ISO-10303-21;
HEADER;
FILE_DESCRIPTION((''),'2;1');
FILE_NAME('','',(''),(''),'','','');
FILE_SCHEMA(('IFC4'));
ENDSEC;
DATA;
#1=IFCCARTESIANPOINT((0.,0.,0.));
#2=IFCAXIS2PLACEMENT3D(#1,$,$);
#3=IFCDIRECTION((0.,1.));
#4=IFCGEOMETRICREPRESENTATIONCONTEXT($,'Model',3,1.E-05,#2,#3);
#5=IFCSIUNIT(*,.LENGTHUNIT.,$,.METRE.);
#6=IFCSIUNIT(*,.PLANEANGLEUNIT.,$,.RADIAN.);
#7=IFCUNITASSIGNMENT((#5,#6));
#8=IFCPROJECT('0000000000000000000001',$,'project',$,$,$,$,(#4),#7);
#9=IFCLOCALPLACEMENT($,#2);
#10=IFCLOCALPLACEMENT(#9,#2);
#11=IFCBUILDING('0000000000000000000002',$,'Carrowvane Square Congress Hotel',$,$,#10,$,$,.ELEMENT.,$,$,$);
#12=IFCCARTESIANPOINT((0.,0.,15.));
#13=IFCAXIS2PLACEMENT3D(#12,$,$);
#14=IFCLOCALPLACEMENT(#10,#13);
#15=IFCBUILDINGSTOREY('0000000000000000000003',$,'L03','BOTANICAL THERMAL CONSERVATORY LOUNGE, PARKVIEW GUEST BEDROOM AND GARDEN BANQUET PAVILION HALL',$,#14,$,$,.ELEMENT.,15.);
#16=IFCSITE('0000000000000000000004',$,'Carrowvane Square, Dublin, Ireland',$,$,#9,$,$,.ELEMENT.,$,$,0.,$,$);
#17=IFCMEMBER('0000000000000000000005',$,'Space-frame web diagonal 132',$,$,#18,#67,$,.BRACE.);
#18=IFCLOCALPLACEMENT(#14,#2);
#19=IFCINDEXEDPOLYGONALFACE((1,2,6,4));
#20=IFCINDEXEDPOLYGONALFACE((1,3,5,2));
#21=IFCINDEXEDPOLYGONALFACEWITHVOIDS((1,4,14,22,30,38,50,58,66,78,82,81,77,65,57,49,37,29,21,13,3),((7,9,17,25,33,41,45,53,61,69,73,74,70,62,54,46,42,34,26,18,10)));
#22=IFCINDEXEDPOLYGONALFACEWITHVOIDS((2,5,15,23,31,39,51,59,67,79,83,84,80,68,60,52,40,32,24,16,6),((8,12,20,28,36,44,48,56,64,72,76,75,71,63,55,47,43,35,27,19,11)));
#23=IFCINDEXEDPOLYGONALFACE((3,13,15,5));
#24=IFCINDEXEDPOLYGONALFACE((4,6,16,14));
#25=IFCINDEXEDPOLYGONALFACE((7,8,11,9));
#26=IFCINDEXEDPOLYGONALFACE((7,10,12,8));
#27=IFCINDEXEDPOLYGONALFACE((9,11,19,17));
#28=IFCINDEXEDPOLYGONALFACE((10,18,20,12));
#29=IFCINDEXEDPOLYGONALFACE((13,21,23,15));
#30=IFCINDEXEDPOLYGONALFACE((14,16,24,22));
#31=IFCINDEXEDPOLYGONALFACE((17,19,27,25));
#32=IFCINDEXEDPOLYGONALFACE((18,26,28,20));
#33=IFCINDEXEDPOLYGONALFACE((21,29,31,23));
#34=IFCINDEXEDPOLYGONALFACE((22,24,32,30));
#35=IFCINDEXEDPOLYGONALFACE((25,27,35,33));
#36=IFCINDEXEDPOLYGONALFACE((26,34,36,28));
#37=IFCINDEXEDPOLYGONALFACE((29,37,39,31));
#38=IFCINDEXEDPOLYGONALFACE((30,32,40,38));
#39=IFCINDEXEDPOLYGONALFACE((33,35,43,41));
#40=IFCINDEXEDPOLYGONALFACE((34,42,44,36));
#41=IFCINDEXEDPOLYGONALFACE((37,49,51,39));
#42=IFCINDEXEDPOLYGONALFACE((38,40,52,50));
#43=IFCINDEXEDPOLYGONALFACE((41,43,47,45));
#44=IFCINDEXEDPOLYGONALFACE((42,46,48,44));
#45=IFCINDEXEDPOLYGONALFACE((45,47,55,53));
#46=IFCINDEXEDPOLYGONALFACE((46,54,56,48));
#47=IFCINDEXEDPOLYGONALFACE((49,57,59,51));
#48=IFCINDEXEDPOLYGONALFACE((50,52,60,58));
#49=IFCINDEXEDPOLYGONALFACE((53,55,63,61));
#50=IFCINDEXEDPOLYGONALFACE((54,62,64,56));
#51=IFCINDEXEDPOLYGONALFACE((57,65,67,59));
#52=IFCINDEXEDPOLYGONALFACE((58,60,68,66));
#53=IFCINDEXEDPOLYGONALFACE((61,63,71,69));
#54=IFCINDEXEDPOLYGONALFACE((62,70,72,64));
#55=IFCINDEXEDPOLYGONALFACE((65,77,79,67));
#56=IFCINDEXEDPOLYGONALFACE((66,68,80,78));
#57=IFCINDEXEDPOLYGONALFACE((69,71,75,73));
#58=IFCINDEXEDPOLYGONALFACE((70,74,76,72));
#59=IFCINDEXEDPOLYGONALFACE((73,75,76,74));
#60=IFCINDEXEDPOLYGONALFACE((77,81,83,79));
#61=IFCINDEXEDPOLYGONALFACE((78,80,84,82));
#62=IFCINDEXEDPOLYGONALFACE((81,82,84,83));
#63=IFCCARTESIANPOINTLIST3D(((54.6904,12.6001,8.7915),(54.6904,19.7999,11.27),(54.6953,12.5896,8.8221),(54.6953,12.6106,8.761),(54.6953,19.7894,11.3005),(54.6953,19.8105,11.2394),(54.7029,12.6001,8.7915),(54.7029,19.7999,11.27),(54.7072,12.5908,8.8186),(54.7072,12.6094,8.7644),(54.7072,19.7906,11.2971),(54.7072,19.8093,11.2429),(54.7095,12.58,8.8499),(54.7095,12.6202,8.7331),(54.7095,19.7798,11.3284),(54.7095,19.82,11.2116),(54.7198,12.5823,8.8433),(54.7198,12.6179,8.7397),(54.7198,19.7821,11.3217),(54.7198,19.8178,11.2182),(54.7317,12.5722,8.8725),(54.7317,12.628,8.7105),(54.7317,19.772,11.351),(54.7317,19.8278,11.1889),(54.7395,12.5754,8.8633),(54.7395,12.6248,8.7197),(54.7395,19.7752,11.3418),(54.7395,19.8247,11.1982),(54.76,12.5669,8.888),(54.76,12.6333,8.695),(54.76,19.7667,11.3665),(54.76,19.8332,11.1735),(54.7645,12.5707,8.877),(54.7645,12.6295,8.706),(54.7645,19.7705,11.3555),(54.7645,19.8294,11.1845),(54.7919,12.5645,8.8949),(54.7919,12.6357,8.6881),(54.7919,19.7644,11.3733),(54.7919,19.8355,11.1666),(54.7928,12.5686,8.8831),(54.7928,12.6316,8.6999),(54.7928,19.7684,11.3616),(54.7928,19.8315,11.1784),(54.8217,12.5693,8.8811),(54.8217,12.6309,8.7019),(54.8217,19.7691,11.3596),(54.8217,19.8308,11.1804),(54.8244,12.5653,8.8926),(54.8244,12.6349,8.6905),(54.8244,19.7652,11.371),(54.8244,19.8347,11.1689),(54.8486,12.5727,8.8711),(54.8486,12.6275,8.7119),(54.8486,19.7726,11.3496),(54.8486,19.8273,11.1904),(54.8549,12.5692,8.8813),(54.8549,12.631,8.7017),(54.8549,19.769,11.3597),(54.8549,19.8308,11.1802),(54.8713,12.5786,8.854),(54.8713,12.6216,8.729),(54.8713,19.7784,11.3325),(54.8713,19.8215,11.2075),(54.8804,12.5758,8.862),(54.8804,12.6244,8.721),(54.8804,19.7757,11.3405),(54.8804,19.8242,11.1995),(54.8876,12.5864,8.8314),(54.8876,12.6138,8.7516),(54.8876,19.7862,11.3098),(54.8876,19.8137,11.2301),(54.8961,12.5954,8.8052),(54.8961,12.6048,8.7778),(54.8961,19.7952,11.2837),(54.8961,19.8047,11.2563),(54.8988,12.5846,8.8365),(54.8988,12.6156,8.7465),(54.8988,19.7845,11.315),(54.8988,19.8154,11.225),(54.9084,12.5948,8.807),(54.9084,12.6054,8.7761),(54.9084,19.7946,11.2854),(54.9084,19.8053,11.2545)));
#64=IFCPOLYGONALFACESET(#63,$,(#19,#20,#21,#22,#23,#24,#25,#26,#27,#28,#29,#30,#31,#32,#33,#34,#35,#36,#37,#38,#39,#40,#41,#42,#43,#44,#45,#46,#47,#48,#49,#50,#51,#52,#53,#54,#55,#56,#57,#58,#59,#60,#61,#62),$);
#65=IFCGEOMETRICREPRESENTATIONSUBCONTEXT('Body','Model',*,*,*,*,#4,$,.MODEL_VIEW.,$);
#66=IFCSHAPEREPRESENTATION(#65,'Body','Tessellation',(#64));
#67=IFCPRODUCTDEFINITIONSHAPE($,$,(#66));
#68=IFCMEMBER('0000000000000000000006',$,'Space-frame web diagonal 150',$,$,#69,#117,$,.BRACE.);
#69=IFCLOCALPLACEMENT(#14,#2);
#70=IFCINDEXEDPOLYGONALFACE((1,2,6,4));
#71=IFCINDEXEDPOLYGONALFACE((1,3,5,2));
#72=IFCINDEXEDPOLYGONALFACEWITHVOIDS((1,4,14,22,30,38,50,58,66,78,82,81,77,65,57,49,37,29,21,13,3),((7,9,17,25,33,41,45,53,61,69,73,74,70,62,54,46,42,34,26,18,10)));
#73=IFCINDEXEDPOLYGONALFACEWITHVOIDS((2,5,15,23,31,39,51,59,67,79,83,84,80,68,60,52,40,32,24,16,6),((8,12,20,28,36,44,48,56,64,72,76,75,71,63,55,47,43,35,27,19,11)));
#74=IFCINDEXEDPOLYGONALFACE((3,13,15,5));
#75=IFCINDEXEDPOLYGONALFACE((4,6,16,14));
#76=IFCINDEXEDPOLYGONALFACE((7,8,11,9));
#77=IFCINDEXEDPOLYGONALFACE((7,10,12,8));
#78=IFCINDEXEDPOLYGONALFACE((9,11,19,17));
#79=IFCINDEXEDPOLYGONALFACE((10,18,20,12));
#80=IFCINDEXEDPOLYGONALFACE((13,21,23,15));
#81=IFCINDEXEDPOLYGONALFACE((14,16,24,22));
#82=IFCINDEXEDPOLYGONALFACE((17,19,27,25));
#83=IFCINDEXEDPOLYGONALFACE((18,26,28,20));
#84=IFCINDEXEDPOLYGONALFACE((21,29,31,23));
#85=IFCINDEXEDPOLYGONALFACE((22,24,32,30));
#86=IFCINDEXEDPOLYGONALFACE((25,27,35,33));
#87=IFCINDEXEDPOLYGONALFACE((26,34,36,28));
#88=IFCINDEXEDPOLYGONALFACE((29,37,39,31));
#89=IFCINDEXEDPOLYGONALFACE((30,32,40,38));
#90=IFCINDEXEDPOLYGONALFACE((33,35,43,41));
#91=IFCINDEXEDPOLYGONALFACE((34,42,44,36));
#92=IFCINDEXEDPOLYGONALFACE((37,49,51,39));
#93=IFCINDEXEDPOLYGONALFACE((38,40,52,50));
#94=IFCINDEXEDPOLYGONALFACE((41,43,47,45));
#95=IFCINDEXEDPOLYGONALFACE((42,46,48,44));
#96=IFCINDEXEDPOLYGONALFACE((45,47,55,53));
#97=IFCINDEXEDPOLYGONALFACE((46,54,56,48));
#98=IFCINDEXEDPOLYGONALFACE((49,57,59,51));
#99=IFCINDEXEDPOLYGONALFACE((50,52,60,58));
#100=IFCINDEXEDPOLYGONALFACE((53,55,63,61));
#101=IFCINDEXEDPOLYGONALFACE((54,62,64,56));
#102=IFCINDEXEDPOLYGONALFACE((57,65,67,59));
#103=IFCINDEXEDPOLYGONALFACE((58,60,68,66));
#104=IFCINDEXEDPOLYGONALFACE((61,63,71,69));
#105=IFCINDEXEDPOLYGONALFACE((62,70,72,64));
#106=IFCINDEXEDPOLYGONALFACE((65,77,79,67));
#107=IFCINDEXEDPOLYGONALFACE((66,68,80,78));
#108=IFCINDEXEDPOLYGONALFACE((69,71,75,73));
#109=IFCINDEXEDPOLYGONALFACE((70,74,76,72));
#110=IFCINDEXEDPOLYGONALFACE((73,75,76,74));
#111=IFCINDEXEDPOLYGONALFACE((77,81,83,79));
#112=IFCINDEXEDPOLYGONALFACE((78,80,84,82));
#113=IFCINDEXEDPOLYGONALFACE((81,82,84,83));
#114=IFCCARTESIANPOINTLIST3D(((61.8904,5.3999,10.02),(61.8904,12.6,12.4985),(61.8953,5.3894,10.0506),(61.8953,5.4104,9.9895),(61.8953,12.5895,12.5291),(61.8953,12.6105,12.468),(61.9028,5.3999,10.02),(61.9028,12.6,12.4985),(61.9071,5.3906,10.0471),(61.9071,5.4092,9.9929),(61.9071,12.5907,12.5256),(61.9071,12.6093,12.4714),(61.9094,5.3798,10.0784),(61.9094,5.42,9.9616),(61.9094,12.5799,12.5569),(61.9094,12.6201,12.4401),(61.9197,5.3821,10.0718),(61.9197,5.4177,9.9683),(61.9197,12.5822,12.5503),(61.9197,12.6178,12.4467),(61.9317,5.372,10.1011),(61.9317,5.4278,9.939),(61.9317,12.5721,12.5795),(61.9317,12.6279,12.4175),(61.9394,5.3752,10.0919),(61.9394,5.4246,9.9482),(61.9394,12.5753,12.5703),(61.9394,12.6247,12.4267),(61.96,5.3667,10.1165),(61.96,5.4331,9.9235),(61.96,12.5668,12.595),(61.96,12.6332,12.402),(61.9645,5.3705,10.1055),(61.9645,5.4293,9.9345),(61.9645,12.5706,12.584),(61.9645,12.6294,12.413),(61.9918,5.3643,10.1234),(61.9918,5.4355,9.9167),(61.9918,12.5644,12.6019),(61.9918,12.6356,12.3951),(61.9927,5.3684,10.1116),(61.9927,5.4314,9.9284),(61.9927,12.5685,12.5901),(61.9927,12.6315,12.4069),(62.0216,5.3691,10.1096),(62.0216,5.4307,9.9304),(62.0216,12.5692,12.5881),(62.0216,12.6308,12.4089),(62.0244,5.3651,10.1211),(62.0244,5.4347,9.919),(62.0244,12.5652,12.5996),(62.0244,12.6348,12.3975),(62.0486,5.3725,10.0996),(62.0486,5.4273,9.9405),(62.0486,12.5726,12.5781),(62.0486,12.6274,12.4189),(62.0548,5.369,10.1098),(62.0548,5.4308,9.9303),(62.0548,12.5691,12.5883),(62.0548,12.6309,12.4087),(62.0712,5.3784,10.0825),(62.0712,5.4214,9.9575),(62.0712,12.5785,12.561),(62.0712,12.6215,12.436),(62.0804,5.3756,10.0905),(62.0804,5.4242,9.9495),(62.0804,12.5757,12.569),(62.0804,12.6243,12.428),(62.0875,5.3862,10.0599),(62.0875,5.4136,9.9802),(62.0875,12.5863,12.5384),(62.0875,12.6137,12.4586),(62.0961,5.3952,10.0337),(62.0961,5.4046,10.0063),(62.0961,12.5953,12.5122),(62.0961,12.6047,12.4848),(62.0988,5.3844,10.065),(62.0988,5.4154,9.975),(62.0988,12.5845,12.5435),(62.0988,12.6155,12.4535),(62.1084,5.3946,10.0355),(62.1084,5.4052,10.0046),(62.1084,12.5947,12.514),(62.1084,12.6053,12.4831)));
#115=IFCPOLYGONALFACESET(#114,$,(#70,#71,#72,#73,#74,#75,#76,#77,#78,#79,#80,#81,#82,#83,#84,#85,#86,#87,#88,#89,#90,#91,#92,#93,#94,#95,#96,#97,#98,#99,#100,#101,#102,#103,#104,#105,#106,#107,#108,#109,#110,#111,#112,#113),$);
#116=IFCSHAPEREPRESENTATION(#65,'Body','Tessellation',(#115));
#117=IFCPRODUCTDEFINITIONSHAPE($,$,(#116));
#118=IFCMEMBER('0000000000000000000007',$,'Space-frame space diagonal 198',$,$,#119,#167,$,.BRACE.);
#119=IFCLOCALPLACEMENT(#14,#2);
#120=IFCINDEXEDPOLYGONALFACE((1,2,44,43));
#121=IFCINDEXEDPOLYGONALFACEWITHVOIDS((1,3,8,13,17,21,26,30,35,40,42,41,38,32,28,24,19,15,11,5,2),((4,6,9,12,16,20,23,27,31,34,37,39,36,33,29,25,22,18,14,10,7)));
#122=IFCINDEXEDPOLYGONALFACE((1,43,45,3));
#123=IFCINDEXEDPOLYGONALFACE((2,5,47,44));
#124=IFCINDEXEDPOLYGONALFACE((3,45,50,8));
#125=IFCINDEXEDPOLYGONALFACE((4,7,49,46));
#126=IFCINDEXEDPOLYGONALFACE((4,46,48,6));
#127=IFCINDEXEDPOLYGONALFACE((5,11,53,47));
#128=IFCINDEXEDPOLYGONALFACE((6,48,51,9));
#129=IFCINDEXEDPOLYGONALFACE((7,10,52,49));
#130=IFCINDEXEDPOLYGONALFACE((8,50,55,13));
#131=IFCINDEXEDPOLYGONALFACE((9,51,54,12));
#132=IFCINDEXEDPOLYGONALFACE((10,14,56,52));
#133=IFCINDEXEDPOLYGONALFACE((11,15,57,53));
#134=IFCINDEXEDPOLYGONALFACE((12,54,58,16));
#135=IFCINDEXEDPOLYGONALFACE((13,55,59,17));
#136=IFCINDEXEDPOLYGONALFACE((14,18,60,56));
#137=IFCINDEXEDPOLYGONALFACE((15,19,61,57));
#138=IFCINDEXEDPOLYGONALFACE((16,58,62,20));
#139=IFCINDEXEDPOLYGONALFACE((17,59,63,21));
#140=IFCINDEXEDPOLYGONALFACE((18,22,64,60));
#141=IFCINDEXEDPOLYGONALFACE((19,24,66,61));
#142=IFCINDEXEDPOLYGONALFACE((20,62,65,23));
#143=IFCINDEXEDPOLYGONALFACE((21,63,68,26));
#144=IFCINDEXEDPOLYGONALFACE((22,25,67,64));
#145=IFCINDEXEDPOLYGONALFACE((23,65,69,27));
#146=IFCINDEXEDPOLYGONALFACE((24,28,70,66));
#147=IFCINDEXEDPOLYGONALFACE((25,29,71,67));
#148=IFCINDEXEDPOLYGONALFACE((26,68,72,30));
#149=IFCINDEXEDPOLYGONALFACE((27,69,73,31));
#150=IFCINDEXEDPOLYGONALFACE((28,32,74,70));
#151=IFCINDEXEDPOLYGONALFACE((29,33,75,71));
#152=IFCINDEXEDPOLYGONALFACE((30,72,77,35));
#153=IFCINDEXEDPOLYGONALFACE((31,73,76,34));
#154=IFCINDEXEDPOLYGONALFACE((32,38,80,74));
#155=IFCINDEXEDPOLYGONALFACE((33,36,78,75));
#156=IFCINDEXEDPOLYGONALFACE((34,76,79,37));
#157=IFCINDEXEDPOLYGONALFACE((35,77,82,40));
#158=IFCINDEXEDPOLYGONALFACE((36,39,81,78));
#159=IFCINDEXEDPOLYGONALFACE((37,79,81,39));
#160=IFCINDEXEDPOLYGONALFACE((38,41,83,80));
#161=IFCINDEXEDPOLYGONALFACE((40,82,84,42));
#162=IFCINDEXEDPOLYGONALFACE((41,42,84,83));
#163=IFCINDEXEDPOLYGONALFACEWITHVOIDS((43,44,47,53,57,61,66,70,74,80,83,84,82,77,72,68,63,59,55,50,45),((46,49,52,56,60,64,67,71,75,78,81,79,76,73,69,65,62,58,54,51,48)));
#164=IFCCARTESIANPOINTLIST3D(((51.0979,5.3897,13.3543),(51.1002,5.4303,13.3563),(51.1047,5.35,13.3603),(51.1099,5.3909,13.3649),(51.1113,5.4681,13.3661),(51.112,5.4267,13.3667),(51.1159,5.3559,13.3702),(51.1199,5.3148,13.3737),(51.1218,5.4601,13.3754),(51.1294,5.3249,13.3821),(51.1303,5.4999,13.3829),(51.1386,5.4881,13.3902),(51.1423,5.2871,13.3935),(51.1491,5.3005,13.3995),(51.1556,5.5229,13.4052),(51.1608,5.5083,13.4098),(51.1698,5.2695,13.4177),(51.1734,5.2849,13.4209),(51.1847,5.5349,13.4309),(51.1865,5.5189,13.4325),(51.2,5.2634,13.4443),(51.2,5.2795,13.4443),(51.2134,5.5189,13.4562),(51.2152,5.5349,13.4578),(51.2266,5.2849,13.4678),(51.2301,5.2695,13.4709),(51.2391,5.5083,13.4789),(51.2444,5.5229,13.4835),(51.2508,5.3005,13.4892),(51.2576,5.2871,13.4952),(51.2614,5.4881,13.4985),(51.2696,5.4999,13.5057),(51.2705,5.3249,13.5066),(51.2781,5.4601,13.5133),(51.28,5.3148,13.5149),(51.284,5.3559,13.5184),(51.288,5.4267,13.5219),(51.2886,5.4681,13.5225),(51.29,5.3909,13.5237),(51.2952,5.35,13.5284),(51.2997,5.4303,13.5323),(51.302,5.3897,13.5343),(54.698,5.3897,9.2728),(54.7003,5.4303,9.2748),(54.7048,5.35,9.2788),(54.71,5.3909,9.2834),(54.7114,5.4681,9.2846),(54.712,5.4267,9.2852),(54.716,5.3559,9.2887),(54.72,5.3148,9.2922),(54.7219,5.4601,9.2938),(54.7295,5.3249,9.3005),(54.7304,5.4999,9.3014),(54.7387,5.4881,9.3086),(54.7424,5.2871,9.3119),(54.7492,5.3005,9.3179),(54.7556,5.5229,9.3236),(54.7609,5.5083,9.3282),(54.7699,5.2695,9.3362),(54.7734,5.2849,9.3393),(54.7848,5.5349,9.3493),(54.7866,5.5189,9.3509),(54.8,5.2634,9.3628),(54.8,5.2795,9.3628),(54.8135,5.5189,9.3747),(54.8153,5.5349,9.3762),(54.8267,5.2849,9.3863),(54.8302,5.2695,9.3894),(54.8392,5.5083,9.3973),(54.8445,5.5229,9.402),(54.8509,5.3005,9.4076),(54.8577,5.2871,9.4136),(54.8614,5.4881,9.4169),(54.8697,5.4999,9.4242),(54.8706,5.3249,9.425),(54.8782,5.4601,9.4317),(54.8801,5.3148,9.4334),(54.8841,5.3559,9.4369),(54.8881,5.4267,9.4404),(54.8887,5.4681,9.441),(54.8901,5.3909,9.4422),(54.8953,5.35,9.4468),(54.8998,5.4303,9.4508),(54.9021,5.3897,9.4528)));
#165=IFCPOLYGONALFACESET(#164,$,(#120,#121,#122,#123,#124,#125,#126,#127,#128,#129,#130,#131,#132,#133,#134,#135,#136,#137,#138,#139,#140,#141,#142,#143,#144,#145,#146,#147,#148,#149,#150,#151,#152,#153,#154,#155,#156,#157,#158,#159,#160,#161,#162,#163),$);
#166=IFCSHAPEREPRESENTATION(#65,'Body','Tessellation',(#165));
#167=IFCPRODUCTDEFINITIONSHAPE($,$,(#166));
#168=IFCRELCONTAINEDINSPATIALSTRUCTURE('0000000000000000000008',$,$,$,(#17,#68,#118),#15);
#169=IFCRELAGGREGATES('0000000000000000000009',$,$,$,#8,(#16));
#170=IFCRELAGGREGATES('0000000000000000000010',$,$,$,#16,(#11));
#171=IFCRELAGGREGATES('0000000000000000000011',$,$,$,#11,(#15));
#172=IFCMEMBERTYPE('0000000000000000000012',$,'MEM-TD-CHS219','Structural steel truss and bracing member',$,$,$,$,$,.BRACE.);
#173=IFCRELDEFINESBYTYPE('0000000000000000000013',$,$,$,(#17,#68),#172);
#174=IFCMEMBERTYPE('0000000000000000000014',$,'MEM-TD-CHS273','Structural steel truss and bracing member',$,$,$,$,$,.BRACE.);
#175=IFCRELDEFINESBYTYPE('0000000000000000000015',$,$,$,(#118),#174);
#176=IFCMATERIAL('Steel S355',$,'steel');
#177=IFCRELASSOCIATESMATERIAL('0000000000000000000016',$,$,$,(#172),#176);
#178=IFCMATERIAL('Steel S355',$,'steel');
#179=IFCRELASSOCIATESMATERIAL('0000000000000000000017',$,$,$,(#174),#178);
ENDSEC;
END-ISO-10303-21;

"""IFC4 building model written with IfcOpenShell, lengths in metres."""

from ifc_helpers import new_model, si_unit, direction, frame, origin, origin_2d, place, context, subcontext, project, spatial, hollow_circle, extrude, material, material_profile, profile_set, type_object, element, save


model = new_model("IFC4")

# Units and contexts
model_context = context("Model", 3, precision=1e-05, world=origin(), true_north=direction((0.0, 1.0)))
body_context = subcontext(model_context, "Body", "Model", "MODEL_VIEW")
ifc_project = project(units=[si_unit("LENGTHUNIT", "METRE"), si_unit("PLANEANGLEUNIT", "RADIAN")], contexts=[model_context])

# Site, building, storey
site_placement = place(None, origin())
site = spatial("IfcSite", under=ifc_project, at=site_placement, Name="Carrowvane Square, Dublin, Ireland", CompositionType="ELEMENT", RefElevation=0.0)
building_placement = place(site_placement, origin())
building = spatial("IfcBuilding", under=site, at=building_placement, Name="Carrowvane Square Congress Hotel", CompositionType="ELEMENT")
storey_placement = place(building_placement, frame((0.0, 0.0, 15.0)))
storey = spatial("IfcBuildingStorey", under=building, at=storey_placement, Name="L03", Description="BOTANICAL THERMAL CONSERVATORY LOUNGE, PARKVIEW GUEST BEDROOM AND GARDEN BANQUET PAVILION HALL", CompositionType="ELEMENT", Elevation=15.0)

# Members
ifc_material_1 = material(Name="Steel S355", Category="steel")
ifc_material_profile_1 = material_profile(ifc_material_1, hollow_circle(Radius=0.1096, WallThickness=0.0125, at=origin_2d()), Name="CHS 219.1x12.5")
ifc_profile_set_1 = profile_set([ifc_material_profile_1], Name="Steel S355")
member_type_1 = type_object("IfcMemberType", Name="MEM-TD-CHS219", Description="Structural steel truss and bracing member", PredefinedType="BRACE", material=ifc_profile_set_1)
member_1_placement = place(storey_placement, frame((54.8, 12.6001, 8.7915), z_axis=(0.0, 0.945544, 0.325495), x_axis=(-1.0, 0.0, 0.0)))
element("IfcMember", 1, at=member_1_placement, inside=storey, type_object=member_type_1, Name="Space-frame web diagonal 132", PredefinedType="BRACE", context=body_context, shape_type="SweptSolid", body=[
    extrude(hollow_circle(Radius=0.1096, WallThickness=0.0125, at=origin_2d()), origin(), (0.0, 0.0, 1.0), 7.6145),
])
member_2_placement = place(storey_placement, frame((62.0, 5.3999, 10.02), z_axis=(0.0, 0.945547, 0.325485), x_axis=(-1.0, 0.0, 0.0)))
element("IfcMember", 2, at=member_2_placement, inside=storey, type_object=member_type_1, Name="Space-frame web diagonal 150", PredefinedType="BRACE", context=body_context, shape_type="SweptSolid", body=[
    extrude(hollow_circle(Radius=0.1096, WallThickness=0.0125, at=origin_2d()), origin(), (0.0, 0.0, 1.0), 7.6147),
])
ifc_material_2 = material(Name="Steel S355", Category="steel")
ifc_material_profile_2 = material_profile(ifc_material_2, hollow_circle(Radius=0.1365, WallThickness=0.0161, at=origin_2d()), Name="CHS 273.0x16")
ifc_profile_set_2 = profile_set([ifc_material_profile_2], Name="Steel S355")
member_type_2 = type_object("IfcMemberType", Name="MEM-TD-CHS273", Description="Structural steel truss and bracing member", PredefinedType="BRACE", material=ifc_profile_set_2)
member_3_placement = place(storey_placement, frame((54.8, 5.3999, 9.3628), z_axis=(-0.661491, 0.0, 0.749953), x_axis=(0.0, -1.0, 0.0)))
element("IfcMember", 3, at=member_3_placement, inside=storey, type_object=member_type_2, Name="Space-frame space diagonal 198", PredefinedType="BRACE", context=body_context, shape_type="SweptSolid", body=[
    extrude(hollow_circle(Radius=0.1365, WallThickness=0.0161, at=origin_2d()), origin(), (0.0, 0.0, 1.0), 5.4424),
])

save(model, "model.ifc")
